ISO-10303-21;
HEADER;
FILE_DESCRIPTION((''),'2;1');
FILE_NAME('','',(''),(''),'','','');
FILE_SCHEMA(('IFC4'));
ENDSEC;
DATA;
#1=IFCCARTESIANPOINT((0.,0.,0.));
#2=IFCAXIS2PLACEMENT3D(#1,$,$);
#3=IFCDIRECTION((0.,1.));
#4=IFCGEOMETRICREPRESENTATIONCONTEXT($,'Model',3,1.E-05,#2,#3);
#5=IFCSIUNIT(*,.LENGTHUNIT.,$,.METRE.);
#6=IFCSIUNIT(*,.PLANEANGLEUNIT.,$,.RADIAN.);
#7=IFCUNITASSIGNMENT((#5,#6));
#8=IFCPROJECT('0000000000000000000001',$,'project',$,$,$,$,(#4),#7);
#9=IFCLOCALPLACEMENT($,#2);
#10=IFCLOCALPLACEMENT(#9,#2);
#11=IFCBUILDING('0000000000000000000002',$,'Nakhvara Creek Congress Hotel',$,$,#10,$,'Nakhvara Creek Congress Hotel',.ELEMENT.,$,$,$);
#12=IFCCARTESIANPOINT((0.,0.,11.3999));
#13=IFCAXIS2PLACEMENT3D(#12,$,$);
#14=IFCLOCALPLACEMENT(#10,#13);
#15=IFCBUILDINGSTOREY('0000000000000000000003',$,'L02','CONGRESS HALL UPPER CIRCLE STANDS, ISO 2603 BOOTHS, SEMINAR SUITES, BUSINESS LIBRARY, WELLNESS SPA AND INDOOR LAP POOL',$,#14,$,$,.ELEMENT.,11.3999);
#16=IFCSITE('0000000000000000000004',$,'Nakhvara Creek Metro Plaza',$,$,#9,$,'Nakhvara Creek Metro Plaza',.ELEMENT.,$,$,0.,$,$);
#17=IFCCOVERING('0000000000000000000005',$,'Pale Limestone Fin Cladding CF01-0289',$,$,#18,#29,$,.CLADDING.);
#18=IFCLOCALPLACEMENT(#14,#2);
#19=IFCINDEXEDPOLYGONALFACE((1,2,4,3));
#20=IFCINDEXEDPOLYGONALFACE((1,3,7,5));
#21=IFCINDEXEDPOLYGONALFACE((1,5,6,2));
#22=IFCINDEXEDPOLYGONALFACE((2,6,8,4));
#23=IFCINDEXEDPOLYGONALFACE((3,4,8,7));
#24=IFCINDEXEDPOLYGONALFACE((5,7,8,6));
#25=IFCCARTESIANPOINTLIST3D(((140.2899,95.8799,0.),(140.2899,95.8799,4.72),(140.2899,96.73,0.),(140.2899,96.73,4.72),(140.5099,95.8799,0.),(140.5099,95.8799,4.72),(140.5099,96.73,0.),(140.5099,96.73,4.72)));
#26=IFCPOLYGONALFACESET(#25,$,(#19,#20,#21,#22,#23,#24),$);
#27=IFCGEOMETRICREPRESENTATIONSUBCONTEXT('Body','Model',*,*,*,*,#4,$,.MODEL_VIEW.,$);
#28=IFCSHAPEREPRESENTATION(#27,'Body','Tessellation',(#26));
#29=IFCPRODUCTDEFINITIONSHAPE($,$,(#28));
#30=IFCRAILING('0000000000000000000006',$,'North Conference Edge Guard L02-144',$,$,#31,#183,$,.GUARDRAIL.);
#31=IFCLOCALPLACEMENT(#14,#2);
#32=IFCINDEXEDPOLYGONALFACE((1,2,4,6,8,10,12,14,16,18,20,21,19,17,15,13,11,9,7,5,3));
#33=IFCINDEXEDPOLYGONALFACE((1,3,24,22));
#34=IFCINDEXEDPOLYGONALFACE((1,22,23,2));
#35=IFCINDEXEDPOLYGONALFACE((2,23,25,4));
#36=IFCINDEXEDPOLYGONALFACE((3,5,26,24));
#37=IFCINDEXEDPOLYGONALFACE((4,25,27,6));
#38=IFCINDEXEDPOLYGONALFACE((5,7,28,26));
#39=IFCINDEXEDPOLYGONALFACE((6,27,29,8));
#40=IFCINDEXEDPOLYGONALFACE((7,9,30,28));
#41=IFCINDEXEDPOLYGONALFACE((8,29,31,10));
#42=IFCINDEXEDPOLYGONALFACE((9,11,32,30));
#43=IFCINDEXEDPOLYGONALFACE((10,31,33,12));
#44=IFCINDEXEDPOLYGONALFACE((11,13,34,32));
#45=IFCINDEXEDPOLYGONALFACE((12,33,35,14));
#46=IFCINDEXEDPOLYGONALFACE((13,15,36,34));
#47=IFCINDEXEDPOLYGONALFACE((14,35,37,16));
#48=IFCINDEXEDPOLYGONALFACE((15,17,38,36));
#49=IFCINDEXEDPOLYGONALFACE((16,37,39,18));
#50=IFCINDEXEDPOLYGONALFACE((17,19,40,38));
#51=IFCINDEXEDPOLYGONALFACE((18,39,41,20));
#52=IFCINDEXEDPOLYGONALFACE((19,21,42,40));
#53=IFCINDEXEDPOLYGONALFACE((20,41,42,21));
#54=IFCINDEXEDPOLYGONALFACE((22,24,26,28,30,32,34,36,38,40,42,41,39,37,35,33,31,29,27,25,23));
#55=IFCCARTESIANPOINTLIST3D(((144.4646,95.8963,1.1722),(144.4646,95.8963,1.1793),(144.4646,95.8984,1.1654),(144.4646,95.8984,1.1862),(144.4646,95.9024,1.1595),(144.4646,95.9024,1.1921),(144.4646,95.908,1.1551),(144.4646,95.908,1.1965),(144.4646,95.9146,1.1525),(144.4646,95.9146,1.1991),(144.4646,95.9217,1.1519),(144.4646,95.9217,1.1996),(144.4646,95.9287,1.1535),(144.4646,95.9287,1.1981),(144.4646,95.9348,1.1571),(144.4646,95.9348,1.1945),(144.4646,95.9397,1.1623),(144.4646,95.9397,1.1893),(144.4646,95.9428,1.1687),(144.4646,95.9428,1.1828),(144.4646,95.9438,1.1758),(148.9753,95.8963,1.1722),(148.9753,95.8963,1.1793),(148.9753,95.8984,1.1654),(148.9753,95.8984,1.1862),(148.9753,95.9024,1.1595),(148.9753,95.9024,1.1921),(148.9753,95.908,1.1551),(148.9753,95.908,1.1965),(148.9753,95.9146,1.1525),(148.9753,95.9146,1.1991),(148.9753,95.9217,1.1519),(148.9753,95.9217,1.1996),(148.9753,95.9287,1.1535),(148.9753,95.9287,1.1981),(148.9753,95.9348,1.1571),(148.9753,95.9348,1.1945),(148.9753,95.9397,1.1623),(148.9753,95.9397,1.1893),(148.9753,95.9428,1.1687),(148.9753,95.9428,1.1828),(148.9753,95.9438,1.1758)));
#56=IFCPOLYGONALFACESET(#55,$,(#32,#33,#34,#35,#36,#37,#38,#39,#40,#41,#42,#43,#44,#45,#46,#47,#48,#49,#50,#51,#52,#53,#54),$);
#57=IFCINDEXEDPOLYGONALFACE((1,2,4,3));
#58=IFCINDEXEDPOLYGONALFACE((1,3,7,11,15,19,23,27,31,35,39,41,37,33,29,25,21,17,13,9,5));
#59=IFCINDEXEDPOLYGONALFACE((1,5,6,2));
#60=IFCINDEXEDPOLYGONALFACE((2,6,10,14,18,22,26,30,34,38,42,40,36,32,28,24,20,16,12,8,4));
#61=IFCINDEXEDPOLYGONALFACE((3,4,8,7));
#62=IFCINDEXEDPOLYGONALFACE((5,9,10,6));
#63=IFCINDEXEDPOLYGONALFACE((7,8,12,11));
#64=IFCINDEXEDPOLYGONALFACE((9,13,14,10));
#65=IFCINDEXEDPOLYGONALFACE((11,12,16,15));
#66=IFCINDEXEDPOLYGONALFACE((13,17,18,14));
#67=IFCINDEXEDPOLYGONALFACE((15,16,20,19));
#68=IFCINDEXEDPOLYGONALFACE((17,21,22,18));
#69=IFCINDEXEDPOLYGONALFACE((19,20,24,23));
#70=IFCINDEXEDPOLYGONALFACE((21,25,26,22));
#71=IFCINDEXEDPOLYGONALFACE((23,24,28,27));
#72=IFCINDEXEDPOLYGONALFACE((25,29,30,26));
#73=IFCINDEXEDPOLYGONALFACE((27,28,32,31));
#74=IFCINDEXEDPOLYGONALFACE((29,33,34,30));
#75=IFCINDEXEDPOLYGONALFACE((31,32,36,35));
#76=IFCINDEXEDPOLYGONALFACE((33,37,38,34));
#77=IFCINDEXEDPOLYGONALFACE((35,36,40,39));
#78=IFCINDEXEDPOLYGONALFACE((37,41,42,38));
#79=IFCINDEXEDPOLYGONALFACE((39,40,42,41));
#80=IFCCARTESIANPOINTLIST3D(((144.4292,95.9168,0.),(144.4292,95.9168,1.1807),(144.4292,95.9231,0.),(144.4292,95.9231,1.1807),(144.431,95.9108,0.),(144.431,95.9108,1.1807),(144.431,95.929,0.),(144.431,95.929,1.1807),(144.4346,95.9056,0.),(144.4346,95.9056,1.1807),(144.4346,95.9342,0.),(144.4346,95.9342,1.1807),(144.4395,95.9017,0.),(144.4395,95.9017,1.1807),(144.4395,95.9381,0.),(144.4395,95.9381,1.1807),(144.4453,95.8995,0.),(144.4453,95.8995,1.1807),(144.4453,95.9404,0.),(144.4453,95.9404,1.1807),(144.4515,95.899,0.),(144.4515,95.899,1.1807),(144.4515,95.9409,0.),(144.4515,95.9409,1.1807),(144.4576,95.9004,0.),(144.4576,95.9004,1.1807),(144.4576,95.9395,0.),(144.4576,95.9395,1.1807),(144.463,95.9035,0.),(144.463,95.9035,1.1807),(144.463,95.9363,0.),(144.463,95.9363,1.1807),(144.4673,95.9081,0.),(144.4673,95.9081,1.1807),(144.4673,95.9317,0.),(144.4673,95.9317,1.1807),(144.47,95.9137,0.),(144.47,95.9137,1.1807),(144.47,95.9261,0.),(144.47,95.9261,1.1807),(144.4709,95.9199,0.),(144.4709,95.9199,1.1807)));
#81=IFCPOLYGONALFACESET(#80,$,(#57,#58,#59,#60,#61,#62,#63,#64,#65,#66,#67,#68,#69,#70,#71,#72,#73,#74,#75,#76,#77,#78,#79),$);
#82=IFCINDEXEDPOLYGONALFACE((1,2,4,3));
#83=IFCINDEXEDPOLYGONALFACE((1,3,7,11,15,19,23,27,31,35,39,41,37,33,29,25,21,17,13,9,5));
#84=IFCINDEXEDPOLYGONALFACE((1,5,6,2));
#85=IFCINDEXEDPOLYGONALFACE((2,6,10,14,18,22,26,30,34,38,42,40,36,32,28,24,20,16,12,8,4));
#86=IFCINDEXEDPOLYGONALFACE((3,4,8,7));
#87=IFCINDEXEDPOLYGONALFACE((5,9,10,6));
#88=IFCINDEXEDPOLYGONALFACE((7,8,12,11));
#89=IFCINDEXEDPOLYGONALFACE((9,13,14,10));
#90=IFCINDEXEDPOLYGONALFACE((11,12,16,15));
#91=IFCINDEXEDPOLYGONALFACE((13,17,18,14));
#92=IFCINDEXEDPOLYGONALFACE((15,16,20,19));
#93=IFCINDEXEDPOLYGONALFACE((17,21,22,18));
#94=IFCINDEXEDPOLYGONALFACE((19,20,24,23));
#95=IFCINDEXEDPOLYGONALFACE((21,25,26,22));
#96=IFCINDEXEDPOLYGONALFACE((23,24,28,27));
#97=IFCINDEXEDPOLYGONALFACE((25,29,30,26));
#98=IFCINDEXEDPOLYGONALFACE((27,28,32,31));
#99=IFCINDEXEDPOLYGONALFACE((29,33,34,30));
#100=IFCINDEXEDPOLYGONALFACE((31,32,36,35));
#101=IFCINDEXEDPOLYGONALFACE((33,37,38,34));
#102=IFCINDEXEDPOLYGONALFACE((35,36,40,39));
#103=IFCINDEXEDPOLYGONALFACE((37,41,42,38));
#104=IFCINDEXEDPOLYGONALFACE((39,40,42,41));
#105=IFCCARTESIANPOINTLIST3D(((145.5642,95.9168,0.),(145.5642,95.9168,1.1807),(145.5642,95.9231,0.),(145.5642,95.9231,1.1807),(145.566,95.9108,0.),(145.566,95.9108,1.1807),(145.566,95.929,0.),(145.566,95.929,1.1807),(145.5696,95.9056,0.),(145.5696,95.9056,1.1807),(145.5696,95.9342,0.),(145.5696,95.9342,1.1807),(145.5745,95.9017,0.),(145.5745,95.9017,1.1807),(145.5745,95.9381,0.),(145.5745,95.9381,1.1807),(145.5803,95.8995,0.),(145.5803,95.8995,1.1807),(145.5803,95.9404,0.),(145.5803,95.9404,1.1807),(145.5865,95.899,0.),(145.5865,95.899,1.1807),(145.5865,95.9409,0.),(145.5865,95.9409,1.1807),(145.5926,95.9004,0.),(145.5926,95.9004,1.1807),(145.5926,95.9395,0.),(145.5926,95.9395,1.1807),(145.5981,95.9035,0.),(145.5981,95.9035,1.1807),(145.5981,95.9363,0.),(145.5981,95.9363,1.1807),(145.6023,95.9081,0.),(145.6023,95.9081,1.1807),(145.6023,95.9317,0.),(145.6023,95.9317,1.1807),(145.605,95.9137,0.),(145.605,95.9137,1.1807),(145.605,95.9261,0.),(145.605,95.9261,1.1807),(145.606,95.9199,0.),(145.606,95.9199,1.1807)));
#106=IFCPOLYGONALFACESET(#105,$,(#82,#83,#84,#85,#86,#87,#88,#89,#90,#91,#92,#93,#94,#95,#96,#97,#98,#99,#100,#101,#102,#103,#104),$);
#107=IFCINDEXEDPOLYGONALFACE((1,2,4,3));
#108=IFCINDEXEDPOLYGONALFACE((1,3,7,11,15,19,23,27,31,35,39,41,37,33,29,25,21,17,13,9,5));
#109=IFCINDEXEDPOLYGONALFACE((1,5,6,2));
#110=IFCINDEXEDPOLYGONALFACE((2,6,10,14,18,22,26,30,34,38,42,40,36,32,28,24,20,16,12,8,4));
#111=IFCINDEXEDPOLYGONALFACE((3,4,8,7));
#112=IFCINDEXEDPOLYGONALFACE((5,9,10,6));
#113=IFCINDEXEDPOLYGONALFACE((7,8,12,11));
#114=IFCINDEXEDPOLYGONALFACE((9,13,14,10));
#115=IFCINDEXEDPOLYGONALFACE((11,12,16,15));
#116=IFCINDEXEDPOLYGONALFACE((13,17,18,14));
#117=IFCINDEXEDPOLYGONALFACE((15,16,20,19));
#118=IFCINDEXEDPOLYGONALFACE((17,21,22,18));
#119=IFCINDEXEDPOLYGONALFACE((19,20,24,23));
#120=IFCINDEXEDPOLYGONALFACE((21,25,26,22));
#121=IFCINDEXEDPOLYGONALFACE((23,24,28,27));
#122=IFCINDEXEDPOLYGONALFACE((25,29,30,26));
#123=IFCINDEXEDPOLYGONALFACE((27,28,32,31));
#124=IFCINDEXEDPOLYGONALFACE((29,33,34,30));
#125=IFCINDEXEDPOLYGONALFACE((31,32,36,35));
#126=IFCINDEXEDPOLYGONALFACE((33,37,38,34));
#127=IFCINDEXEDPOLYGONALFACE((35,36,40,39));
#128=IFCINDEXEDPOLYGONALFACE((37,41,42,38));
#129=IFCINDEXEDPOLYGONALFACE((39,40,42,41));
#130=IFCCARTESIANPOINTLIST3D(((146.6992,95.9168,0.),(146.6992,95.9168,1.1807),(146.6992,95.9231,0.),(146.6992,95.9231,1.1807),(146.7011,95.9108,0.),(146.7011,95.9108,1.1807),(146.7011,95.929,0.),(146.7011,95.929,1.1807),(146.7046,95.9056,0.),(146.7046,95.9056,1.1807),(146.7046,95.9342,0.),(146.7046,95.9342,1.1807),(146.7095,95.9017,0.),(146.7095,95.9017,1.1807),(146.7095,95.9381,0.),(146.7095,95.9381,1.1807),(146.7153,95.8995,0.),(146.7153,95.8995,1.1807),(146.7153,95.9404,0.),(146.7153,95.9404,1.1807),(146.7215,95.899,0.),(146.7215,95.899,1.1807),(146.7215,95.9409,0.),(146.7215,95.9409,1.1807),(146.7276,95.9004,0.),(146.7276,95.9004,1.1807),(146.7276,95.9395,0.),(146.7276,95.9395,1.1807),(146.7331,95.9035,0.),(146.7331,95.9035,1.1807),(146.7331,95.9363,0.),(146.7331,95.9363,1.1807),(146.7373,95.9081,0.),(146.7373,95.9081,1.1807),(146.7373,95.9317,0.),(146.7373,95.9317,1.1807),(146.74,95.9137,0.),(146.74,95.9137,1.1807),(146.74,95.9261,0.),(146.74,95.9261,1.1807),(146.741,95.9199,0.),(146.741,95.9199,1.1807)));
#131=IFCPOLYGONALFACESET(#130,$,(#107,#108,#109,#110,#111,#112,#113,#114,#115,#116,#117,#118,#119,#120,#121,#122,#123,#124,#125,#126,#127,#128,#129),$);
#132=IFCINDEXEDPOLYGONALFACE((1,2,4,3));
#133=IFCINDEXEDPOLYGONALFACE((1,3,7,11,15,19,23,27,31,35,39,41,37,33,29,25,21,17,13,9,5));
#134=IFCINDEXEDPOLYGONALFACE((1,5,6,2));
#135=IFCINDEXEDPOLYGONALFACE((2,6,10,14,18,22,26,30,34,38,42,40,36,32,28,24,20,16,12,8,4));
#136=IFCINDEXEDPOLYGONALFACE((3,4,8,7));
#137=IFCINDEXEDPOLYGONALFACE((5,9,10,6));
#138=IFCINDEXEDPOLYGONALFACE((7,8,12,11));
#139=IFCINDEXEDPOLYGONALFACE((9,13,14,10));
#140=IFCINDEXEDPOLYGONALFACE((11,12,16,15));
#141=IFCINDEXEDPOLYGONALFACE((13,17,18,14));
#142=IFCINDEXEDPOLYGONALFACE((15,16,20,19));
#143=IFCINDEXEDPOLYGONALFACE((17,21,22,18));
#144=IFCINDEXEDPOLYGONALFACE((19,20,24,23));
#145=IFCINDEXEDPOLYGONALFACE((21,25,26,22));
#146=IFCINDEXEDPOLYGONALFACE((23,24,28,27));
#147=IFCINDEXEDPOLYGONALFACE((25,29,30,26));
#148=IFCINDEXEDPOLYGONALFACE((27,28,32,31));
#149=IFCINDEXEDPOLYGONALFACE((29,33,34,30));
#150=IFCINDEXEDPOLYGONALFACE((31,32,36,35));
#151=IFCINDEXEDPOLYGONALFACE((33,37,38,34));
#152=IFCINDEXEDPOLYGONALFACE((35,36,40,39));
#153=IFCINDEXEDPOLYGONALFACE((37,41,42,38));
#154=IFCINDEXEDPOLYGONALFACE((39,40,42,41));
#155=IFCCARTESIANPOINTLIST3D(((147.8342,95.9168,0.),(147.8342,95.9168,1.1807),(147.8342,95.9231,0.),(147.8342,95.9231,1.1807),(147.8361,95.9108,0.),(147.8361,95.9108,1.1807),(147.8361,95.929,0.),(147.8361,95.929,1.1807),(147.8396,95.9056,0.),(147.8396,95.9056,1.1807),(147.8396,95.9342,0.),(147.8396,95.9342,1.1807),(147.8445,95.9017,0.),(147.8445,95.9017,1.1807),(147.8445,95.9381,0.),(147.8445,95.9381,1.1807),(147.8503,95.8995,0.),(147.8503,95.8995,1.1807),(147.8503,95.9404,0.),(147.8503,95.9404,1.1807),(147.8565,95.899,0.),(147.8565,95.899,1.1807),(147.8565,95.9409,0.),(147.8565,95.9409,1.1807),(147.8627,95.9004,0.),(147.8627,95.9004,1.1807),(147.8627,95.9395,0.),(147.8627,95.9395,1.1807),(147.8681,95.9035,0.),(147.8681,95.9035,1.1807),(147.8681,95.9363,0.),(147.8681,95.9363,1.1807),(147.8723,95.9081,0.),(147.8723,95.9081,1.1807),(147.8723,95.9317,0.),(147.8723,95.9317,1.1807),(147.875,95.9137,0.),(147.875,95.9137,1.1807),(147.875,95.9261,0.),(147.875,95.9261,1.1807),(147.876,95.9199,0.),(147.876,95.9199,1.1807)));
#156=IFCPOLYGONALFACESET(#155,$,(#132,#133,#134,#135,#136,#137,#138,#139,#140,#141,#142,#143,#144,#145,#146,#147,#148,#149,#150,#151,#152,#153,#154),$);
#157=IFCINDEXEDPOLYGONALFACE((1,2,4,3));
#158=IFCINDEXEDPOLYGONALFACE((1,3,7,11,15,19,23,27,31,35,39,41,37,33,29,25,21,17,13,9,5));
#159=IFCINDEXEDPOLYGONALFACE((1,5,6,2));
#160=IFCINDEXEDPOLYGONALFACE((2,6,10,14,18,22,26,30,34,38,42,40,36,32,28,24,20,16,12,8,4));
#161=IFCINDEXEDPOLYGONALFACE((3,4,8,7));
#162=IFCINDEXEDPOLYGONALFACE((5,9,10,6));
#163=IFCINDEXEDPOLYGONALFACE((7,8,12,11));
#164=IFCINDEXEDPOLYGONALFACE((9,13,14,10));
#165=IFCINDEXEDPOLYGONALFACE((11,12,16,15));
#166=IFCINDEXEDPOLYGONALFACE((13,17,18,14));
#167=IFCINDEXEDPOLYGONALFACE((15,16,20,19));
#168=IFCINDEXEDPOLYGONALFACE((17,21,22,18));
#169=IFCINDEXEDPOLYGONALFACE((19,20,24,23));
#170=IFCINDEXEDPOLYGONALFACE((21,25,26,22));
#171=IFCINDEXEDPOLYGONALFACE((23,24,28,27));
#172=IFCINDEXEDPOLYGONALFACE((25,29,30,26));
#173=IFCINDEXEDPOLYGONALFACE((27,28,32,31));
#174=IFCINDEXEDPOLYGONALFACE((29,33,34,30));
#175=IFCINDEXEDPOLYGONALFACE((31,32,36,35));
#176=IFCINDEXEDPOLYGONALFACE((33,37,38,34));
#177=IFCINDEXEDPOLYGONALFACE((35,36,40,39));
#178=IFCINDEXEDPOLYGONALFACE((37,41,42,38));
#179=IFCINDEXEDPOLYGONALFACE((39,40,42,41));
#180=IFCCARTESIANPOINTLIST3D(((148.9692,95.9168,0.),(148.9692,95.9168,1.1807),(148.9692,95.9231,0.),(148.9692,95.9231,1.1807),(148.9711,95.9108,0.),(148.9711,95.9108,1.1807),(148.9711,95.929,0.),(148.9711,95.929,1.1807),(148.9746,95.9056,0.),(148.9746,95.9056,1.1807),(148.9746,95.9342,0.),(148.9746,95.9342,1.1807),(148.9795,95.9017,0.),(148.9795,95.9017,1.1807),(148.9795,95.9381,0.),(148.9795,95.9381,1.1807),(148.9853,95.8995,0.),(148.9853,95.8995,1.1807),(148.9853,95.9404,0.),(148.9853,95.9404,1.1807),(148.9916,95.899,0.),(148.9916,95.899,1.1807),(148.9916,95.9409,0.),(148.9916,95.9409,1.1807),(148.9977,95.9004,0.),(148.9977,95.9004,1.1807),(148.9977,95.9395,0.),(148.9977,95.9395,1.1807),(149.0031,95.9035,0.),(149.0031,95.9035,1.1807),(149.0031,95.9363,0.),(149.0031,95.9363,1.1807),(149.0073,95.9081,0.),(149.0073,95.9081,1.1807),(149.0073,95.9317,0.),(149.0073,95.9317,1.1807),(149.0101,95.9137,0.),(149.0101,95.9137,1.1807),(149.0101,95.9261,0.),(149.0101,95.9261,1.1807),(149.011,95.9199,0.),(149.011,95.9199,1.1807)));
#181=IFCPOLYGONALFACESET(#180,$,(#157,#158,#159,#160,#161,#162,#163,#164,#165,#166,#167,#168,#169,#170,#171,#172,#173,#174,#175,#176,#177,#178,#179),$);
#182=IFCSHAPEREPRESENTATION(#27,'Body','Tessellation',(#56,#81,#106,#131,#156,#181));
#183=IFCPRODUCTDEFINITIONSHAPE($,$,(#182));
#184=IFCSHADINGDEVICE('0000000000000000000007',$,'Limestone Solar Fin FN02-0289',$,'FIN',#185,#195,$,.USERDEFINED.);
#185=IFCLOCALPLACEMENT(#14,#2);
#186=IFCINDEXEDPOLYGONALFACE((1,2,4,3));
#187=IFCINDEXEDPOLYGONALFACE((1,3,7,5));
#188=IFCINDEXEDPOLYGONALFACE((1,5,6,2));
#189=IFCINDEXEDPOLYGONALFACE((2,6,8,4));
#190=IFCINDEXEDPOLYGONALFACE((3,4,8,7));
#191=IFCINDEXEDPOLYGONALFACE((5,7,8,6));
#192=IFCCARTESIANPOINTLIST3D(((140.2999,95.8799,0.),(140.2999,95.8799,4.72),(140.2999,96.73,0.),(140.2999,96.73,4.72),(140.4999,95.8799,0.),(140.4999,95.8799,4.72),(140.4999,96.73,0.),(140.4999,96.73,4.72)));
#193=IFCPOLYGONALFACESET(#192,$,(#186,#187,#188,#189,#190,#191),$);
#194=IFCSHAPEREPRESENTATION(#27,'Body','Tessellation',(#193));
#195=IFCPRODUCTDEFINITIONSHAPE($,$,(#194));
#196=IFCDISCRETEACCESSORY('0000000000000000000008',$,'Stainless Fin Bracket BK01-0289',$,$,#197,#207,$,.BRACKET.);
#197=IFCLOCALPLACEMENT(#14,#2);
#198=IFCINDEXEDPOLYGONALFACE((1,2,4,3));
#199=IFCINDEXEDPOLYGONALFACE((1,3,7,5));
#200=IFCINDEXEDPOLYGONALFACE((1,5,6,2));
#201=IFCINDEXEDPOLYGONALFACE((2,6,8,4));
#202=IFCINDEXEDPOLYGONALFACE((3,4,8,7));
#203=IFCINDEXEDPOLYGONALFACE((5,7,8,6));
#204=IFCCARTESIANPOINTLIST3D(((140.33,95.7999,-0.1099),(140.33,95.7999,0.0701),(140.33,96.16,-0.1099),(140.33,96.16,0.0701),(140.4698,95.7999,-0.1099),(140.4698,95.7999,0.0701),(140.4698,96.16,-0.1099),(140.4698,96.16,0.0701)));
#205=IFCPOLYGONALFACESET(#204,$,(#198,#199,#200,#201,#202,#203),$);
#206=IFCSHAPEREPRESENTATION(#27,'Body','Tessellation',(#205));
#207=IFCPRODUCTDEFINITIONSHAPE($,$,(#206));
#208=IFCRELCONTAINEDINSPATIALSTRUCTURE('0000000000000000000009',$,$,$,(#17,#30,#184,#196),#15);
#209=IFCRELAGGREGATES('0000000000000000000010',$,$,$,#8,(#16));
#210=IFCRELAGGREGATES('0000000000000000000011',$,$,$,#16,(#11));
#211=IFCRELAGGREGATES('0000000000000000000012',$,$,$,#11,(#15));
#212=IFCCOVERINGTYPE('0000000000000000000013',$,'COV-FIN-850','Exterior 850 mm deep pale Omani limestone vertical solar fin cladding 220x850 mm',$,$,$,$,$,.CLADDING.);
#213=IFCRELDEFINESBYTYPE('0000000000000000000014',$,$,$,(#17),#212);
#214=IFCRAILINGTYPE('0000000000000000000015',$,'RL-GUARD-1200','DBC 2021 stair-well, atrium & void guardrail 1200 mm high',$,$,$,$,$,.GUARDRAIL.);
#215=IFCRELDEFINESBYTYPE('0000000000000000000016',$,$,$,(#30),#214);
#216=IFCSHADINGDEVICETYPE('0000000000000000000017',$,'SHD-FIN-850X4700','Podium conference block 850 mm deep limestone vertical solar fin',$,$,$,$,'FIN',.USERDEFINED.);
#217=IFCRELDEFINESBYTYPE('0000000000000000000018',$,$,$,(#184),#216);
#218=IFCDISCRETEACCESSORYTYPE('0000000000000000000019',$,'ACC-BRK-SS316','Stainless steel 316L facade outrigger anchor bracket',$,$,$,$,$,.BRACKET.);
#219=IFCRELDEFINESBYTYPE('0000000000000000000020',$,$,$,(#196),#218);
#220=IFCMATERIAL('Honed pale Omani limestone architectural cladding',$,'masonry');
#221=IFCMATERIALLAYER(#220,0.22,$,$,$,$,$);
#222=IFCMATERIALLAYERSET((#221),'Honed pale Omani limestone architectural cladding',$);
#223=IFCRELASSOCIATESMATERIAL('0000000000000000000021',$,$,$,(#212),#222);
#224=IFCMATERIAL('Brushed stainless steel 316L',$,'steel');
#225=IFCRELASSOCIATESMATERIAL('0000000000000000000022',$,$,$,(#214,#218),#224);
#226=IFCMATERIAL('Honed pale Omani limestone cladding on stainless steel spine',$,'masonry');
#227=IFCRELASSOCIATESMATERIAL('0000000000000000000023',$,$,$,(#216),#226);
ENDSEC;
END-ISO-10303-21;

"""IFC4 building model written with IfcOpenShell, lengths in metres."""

from ifc_helpers import new_model, si_unit, direction, frame, origin, origin_2d, place, context, subcontext, project, spatial, rectangle, circle, extrude, material, layer, layer_set, type_object, element, save


model = new_model("IFC4")

# Units and contexts
model_context = context("Model", 3, precision=1e-05, world=origin(), true_north=direction((0.0, 1.0)))
body_context = subcontext(model_context, "Body", "Model", "MODEL_VIEW")
ifc_project = project(units=[si_unit("LENGTHUNIT", "METRE"), si_unit("PLANEANGLEUNIT", "RADIAN")], contexts=[model_context])

# Site, building, storey
site_placement = place(None, origin())
site = spatial("IfcSite", under=ifc_project, at=site_placement, Name="Nakhvara Creek Metro Plaza", LongName="Nakhvara Creek Metro Plaza", CompositionType="ELEMENT", RefElevation=0.0)
building_placement = place(site_placement, origin())
building = spatial("IfcBuilding", under=site, at=building_placement, Name="Nakhvara Creek Congress Hotel", LongName="Nakhvara Creek Congress Hotel", CompositionType="ELEMENT")
storey_placement = place(building_placement, frame((0.0, 0.0, 11.3999)))
storey = spatial("IfcBuildingStorey", under=building, at=storey_placement, Name="L02", Description="CONGRESS HALL UPPER CIRCLE STANDS, ISO 2603 BOOTHS, SEMINAR SUITES, BUSINESS LIBRARY, WELLNESS SPA AND INDOOR LAP POOL", CompositionType="ELEMENT", Elevation=11.3999)

# Covering
ifc_material_1 = material(Name="Honed pale Omani limestone architectural cladding", Category="masonry")
ifc_layer_1 = layer(ifc_material_1, 0.22)
ifc_layer_set_1 = layer_set([ifc_layer_1], Name="Honed pale Omani limestone architectural cladding")
covering_type = type_object("IfcCoveringType", Name="COV-FIN-850", Description="Exterior 850 mm deep pale Omani limestone vertical solar fin cladding 220x850 mm", PredefinedType="CLADDING", material=ifc_layer_set_1)
covering_placement = place(storey_placement, frame((140.3999, 96.3049, 0.0), z_axis=(0.0, 0.0, 1.0), x_axis=(1.0, 0.0, 0.0)))
element("IfcCovering", 1, at=covering_placement, inside=storey, type_object=covering_type, Name="Pale Limestone Fin Cladding CF01-0289", PredefinedType="CLADDING", context=body_context, shape_type="SweptSolid", body=[
    extrude(rectangle(XDim=0.22, YDim=0.8501, at=origin_2d()), origin(), (0.0, 0.0, 1.0), 4.72),
])

# Railing
ifc_material_2 = material(Name="Brushed stainless steel 316L", Category="steel")
railing_type = type_object("IfcRailingType", Name="RL-GUARD-1200", Description="DBC 2021 stair-well, atrium & void guardrail 1200 mm high", PredefinedType="GUARDRAIL", material=ifc_material_2)
railing_1_placement = place(storey_placement, frame((144.45, 95.9199, 0.0)))
element("IfcRailing", 2, at=railing_1_placement, inside=storey, type_object=railing_type, Name="North Conference Edge Guard L02-144", PredefinedType="GUARDRAIL", context=body_context, shape_type="SweptSolid", body=[
    extrude(circle(Radius=0.0239, at=origin_2d()), frame((0.0146, 0.0, 1.1758), z_axis=(1.0, 0.0, 0.0), x_axis=(0.0, 1.0, 0.0)), (0.0, 0.0, 1.0), 4.5107),
    extrude(circle(Radius=0.021, at=origin_2d()), origin(), (0.0, 0.0, 1.0), 1.1807),
    extrude(circle(Radius=0.021, at=origin_2d()), frame((1.135, 0.0, 0.0)), (0.0, 0.0, 1.0), 1.1807),
    extrude(circle(Radius=0.021, at=origin_2d()), frame((2.27, 0.0, 0.0)), (0.0, 0.0, 1.0), 1.1807),
    extrude(circle(Radius=0.021, at=origin_2d()), frame((3.405, 0.0, 0.0)), (0.0, 0.0, 1.0), 1.1807),
    extrude(circle(Radius=0.021, at=origin_2d()), frame((4.54, 0.0, 0.0)), (0.0, 0.0, 1.0), 1.1807),
])

# Shading device
ifc_material_3 = material(Name="Honed pale Omani limestone cladding on stainless steel spine", Category="masonry")
shading_device_type = type_object("IfcShadingDeviceType", Name="SHD-FIN-850X4700", Description="Podium conference block 850 mm deep limestone vertical solar fin", ElementType="FIN", PredefinedType="USERDEFINED", material=ifc_material_3)
shading_device_placement = place(storey_placement, frame((140.3999, 96.3049, 0.0), z_axis=(0.0, 0.0, 1.0), x_axis=(1.0, 0.0, 0.0)))
element("IfcShadingDevice", 3, at=shading_device_placement, inside=storey, type_object=shading_device_type, Name="Limestone Solar Fin FN02-0289", ObjectType="FIN", PredefinedType="USERDEFINED", context=body_context, shape_type="SweptSolid", body=[
    extrude(rectangle(XDim=0.2, YDim=0.8501, at=origin_2d()), origin(), (0.0, 0.0, 1.0), 4.72),
])

# Discrete accessory
discrete_accessory_type = type_object("IfcDiscreteAccessoryType", Name="ACC-BRK-SS316", Description="Stainless steel 316L facade outrigger anchor bracket", PredefinedType="BRACKET", material=ifc_material_2)
for number, where, z_axis, x_axis, name in (
    (4, (140.3999, 95.98, -0.1099), (0.0, 0.0, 1.0), (1.0, 0.0, 0.0), "Stainless Fin Bracket BK01-0289"),
):
    element("IfcDiscreteAccessory", number, at=place(storey_placement, frame(where, z_axis=z_axis, x_axis=x_axis)), inside=storey, type_object=discrete_accessory_type, Name=name, PredefinedType="BRACKET", context=body_context, shape_type="SweptSolid", body=[
        extrude(rectangle(XDim=0.1399, YDim=0.3601, at=origin_2d()), origin(), (0.0, 0.0, 1.0), 0.1799),
    ])

save(model, "model.ifc")
